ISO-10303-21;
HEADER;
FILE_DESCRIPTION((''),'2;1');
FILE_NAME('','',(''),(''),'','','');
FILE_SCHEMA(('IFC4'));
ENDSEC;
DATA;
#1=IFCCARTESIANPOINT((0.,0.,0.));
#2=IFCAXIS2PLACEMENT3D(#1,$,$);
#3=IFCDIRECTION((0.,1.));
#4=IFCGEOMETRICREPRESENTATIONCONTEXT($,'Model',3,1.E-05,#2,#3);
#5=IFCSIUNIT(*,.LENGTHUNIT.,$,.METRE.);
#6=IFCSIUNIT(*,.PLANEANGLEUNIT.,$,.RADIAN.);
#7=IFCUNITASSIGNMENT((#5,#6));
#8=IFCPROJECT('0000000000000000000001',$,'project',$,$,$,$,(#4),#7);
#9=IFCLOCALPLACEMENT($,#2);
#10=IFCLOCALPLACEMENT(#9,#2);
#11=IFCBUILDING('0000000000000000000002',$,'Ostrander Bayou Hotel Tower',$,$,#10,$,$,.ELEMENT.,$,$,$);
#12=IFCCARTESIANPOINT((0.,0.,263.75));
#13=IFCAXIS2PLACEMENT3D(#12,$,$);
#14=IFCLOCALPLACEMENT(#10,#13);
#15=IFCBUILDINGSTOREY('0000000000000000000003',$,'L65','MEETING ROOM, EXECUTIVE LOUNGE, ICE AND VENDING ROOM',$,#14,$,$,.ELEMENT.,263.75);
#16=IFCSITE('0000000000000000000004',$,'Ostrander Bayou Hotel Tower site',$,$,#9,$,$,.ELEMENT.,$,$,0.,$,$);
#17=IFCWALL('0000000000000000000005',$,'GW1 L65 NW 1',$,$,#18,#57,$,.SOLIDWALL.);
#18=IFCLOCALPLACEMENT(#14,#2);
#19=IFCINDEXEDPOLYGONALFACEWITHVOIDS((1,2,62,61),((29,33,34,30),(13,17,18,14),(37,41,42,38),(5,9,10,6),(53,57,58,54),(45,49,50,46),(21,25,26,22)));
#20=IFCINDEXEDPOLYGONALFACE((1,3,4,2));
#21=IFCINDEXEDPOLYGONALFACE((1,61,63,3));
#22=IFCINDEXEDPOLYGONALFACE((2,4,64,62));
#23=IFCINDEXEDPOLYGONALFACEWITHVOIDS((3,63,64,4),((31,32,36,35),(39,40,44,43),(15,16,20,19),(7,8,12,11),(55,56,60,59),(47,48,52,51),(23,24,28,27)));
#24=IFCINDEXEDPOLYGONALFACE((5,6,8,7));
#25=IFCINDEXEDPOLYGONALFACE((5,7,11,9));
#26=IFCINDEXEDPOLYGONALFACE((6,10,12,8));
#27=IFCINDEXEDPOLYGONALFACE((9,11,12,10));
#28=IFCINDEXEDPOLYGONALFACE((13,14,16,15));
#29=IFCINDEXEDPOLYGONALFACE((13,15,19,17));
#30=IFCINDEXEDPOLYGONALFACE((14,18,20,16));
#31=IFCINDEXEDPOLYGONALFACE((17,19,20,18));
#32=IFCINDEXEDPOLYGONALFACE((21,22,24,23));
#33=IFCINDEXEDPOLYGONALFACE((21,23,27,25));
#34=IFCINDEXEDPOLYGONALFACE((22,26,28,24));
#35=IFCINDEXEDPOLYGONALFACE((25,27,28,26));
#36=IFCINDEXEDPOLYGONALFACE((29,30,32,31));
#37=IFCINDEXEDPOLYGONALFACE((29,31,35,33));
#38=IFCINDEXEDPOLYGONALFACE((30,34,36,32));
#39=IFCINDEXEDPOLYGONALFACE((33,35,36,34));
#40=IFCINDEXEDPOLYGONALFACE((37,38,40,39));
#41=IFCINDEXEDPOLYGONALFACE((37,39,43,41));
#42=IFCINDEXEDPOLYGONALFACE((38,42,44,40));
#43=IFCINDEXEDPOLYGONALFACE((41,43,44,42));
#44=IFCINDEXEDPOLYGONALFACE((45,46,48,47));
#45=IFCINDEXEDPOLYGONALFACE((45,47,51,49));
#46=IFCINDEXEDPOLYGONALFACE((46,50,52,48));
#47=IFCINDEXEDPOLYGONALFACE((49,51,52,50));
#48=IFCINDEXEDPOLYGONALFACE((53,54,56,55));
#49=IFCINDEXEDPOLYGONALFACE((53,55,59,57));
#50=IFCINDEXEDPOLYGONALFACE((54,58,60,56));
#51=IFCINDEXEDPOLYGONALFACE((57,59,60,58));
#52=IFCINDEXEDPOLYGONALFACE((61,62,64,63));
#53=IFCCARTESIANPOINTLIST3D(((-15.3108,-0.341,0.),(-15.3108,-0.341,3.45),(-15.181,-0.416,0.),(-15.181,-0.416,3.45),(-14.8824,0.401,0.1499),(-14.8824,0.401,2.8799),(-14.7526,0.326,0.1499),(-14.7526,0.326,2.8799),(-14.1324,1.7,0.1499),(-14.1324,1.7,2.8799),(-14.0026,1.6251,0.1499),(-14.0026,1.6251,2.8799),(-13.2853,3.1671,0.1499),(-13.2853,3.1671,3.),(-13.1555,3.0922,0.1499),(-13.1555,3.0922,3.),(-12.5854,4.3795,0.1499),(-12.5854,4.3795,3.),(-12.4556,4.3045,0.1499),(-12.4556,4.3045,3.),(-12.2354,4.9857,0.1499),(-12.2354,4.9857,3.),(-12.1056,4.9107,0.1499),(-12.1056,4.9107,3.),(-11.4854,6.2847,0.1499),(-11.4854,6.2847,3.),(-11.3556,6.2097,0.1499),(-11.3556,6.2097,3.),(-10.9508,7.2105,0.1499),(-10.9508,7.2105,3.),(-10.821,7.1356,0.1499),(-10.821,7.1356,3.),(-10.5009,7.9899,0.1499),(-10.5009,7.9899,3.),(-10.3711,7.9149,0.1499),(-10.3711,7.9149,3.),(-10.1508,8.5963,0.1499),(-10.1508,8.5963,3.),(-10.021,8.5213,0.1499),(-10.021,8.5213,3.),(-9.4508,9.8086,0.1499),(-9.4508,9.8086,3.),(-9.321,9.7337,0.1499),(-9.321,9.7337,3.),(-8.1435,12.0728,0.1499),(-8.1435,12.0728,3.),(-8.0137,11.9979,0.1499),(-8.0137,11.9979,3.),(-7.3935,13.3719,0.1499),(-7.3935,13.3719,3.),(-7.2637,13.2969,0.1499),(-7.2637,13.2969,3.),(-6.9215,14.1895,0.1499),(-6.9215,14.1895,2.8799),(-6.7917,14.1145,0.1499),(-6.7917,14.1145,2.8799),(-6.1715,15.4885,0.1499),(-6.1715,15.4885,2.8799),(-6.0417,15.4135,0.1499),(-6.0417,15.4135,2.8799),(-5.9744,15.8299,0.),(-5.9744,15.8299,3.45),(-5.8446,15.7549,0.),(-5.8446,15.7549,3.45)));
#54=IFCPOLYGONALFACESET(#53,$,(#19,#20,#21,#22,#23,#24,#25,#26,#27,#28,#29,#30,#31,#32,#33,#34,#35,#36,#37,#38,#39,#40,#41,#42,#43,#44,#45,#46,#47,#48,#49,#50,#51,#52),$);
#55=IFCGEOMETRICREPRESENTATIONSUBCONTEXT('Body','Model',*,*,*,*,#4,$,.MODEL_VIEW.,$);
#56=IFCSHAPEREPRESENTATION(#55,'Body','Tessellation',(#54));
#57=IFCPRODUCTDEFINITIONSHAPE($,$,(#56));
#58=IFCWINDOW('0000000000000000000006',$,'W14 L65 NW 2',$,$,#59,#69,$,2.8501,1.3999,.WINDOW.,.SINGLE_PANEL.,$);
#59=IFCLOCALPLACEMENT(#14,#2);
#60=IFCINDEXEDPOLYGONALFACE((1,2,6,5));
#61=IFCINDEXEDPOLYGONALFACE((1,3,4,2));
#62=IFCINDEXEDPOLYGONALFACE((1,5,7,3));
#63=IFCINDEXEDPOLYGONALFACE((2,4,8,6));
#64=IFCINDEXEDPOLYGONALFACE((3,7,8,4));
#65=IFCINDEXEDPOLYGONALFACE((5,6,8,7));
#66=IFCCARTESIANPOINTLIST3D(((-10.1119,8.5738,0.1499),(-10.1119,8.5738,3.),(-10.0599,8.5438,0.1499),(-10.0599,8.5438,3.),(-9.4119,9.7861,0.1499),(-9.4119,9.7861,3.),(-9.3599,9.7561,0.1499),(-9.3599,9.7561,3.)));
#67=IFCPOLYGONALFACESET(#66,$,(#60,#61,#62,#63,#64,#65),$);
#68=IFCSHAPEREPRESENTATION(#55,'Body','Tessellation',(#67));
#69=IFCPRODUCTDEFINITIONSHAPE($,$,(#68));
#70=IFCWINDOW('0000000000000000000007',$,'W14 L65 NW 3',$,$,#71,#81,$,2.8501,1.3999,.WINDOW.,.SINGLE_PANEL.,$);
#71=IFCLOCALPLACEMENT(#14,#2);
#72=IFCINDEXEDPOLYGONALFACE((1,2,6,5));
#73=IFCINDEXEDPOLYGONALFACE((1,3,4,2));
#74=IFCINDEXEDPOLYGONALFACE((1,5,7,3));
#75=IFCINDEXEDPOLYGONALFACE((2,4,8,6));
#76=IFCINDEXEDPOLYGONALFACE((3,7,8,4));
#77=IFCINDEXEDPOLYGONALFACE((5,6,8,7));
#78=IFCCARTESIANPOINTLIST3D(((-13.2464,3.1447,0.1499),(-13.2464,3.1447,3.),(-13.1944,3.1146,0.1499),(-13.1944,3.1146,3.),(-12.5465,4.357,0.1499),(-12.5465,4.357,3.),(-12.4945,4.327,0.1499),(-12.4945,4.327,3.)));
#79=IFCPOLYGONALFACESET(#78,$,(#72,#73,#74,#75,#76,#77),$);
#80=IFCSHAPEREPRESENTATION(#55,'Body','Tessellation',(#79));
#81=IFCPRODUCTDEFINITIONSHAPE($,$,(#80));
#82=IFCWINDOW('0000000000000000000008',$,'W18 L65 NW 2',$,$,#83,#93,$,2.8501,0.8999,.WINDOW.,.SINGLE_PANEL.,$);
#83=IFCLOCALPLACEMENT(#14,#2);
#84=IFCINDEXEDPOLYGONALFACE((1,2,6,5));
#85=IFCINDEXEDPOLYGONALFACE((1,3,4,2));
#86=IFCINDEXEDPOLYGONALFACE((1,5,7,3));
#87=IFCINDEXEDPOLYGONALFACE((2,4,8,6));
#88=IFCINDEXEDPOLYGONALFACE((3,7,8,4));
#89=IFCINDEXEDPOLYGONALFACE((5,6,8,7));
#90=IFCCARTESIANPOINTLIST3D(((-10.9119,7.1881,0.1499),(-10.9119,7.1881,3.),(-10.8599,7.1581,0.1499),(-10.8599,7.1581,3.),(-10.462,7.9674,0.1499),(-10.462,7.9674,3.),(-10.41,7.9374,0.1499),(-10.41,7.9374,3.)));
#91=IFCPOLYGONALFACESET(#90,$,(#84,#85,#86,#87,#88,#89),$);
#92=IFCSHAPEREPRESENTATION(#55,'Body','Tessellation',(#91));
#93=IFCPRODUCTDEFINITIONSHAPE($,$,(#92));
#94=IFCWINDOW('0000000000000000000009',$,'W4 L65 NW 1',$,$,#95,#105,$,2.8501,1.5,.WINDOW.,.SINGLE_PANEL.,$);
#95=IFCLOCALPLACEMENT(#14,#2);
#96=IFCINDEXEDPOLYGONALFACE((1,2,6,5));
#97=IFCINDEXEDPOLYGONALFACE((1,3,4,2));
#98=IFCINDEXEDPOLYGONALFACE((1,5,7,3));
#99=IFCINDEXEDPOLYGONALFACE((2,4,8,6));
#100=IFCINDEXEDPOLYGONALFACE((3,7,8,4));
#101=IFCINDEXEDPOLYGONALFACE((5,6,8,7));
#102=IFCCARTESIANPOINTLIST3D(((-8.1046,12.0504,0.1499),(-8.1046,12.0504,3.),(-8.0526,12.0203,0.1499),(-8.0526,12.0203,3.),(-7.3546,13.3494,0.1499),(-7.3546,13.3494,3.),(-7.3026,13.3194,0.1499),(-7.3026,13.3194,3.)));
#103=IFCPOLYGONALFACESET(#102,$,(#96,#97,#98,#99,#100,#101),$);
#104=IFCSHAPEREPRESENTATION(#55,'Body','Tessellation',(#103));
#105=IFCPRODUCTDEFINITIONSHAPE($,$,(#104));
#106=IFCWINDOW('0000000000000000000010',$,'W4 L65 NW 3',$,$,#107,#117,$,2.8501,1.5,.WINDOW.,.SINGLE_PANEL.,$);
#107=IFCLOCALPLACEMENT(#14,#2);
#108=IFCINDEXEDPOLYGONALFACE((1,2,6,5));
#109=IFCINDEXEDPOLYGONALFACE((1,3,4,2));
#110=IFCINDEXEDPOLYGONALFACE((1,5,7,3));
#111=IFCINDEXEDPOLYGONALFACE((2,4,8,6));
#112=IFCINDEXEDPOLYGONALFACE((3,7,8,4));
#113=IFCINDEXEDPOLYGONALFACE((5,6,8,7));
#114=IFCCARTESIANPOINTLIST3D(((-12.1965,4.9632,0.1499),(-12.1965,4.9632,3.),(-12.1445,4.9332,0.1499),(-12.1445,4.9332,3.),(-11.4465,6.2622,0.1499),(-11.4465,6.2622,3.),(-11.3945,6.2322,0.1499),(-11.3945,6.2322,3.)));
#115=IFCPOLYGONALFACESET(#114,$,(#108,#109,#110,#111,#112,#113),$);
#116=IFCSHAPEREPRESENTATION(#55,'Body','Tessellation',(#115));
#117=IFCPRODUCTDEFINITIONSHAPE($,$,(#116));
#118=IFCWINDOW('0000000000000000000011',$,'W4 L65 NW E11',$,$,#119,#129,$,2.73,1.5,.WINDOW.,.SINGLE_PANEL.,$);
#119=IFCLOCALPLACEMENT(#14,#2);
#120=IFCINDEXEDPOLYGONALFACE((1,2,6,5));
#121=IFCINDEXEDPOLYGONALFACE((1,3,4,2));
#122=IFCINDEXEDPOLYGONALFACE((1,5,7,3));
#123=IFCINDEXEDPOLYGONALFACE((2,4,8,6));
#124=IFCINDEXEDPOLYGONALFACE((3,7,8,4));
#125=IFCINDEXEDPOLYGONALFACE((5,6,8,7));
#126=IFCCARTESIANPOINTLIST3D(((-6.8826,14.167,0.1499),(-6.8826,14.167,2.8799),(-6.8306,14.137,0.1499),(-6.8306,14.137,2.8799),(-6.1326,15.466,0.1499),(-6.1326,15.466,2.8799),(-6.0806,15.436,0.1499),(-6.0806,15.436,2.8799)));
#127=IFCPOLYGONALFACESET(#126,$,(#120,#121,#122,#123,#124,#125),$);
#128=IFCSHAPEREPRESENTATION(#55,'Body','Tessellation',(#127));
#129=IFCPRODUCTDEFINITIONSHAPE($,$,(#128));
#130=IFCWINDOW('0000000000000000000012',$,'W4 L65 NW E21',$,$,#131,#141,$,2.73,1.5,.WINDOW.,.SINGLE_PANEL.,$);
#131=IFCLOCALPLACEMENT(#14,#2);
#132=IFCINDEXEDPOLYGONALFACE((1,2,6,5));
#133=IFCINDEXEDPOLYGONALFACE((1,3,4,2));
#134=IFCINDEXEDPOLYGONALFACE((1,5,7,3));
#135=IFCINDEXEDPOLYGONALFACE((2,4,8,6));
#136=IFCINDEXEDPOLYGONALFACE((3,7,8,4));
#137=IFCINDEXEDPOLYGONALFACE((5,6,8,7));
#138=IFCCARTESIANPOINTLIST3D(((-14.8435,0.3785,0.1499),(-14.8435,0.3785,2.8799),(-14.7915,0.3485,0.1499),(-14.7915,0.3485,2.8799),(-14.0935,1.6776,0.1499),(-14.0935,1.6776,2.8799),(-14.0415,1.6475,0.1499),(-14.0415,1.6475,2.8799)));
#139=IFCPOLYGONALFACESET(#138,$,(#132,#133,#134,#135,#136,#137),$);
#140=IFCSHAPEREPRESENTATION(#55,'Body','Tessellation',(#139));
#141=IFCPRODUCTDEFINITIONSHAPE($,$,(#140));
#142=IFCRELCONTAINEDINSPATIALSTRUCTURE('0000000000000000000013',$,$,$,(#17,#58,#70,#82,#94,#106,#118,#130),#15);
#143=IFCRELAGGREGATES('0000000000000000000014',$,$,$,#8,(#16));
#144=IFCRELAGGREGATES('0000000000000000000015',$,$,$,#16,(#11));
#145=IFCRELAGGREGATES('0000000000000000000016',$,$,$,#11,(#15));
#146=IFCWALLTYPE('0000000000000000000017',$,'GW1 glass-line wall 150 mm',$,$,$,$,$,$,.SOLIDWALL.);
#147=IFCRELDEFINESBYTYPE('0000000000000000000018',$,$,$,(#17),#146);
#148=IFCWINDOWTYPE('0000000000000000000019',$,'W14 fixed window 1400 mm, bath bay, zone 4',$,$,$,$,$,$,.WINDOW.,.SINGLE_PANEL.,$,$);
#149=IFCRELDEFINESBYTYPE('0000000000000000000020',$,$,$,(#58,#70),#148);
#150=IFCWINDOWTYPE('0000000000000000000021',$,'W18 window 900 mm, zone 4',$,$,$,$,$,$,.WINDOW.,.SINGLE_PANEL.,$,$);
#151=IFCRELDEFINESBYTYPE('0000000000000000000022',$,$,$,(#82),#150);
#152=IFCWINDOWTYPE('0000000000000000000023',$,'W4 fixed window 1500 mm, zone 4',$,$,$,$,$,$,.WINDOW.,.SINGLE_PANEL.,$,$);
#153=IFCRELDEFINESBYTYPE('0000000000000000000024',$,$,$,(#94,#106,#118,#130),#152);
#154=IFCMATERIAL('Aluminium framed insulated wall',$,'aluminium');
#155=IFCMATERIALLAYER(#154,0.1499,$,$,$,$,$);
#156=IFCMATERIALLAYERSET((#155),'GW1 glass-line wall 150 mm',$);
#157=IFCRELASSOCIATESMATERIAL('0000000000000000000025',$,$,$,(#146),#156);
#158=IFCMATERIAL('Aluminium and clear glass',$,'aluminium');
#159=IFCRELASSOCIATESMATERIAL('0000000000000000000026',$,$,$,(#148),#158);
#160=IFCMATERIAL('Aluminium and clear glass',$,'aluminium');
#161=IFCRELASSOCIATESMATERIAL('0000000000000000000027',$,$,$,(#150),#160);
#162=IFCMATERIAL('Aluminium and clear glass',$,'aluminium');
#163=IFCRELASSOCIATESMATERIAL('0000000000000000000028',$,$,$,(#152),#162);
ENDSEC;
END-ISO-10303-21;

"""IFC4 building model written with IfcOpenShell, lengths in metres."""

from ifc_helpers import new_model, si_unit, direction, frame, frame_2d, origin, place, context, subcontext, project, spatial, rectangle, extrude, material, layer, layer_set, type_object, element, fill, save


model = new_model("IFC4")

# Units and contexts
model_context = context("Model", 3, precision=1e-05, world=origin(), true_north=direction((0.0, 1.0)))
body_context = subcontext(model_context, "Body", "Model", "MODEL_VIEW")
ifc_project = project(units=[si_unit("LENGTHUNIT", "METRE"), si_unit("PLANEANGLEUNIT", "RADIAN")], contexts=[model_context])

# Site, building, storey
site_placement = place(None, origin())
site = spatial("IfcSite", under=ifc_project, at=site_placement, Name="Ostrander Bayou Hotel Tower site", CompositionType="ELEMENT", RefElevation=0.0)
building_placement = place(site_placement, origin())
building = spatial("IfcBuilding", under=site, at=building_placement, Name="Ostrander Bayou Hotel Tower", CompositionType="ELEMENT")
storey_placement = place(building_placement, frame((0.0, 0.0, 263.75)))
storey = spatial("IfcBuildingStorey", under=building, at=storey_placement, Name="L65", Description="MEETING ROOM, EXECUTIVE LOUNGE, ICE AND VENDING ROOM", CompositionType="ELEMENT", Elevation=263.75)

# Wall, openings, windows
ifc_material_1 = material(Name="Aluminium framed insulated wall", Category="aluminium")
ifc_layer_1 = layer(ifc_material_1, 0.1499)
ifc_layer_set_1 = layer_set([ifc_layer_1], Name="GW1 glass-line wall 150 mm")
wall_type_1 = type_object("IfcWallType", Name="GW1 glass-line wall 150 mm", PredefinedType="SOLIDWALL", material=ifc_layer_set_1)
wall_1_placement = place(storey_placement, frame((-5.9094, 15.7925, 0.0), z_axis=(0.0, 0.0, 1.0), x_axis=(-0.500006, -0.866022, 0.0)))
wall_1 = element("IfcWall", 1, at=wall_1_placement, inside=storey, type_object=wall_type_1, Name="GW1 L65 NW 1", PredefinedType="SOLIDWALL", context=body_context, shape_type="SweptSolid", body=[
    extrude(rectangle(XDim=18.6726, YDim=0.1499, at=frame_2d((9.3364, 0.0))), origin(), (0.0, 0.0, 1.0), 3.45),
])
opening_1_placement = place(wall_1_placement, frame((2.8384, 0.0, 0.1499)))
opening_1 = element("IfcOpeningElement", 2, at=opening_1_placement, cuts=wall_1, PredefinedType="OPENING", context=body_context, shape_type="SweptSolid", body=[
    extrude(rectangle(XDim=1.5, YDim=2.8501, at=frame_2d((0.75, 1.425))), frame((0.0, 0.075, 0.0), z_axis=(0.0, -1.0, 0.0), x_axis=(1.0, 0.0, 0.0)), (0.0, 0.0, 1.0), 0.1499),
])
opening_2_placement = place(wall_1_placement, frame((9.053, 0.0, 0.1499)))
opening_2 = element("IfcOpeningElement", 3, at=opening_2_placement, cuts=wall_1, PredefinedType="OPENING", context=body_context, shape_type="SweptSolid", body=[
    extrude(rectangle(XDim=0.8999, YDim=2.8501, at=frame_2d((0.45, 1.425))), frame((0.0, 0.075, 0.0), z_axis=(0.0, -1.0, 0.0), x_axis=(1.0, 0.0, 0.0)), (0.0, 0.0, 1.0), 0.1499),
])
opening_3_placement = place(wall_1_placement, frame((6.9529, 0.0, 0.1499)))
opening_3 = element("IfcOpeningElement", 4, at=opening_3_placement, cuts=wall_1, PredefinedType="OPENING", context=body_context, shape_type="SweptSolid", body=[
    extrude(rectangle(XDim=1.3999, YDim=2.8501, at=frame_2d((0.7, 1.425))), frame((0.0, 0.075, 0.0), z_axis=(0.0, -1.0, 0.0), x_axis=(1.0, 0.0, 0.0)), (0.0, 0.0, 1.0), 0.1499),
])
opening_4_placement = place(wall_1_placement, frame((11.022, 0.0, 0.1499)))
opening_4 = element("IfcOpeningElement", 5, at=opening_4_placement, cuts=wall_1, PredefinedType="OPENING", context=body_context, shape_type="SweptSolid", body=[
    extrude(rectangle(XDim=1.5, YDim=2.8501, at=frame_2d((0.75, 1.425))), frame((0.0, 0.075, 0.0), z_axis=(0.0, -1.0, 0.0), x_axis=(1.0, 0.0, 0.0)), (0.0, 0.0, 1.0), 0.1499),
])
opening_5_placement = place(wall_1_placement, frame((13.2219, 0.0, 0.1499)))
opening_5 = element("IfcOpeningElement", 6, at=opening_5_placement, cuts=wall_1, PredefinedType="OPENING", context=body_context, shape_type="SweptSolid", body=[
    extrude(rectangle(XDim=1.3999, YDim=2.8501, at=frame_2d((0.7, 1.425))), frame((0.0, 0.075, 0.0), z_axis=(0.0, -1.0, 0.0), x_axis=(1.0, 0.0, 0.0)), (0.0, 0.0, 1.0), 0.1499),
])
opening_6_placement = place(wall_1_placement, frame((0.3943, 0.0, 0.1499)))
opening_6 = element("IfcOpeningElement", 7, at=opening_6_placement, cuts=wall_1, PredefinedType="OPENING", context=body_context, shape_type="SweptSolid", body=[
    extrude(rectangle(XDim=1.5, YDim=2.73, at=frame_2d((0.75, 1.365))), frame((0.0, 0.075, 0.0), z_axis=(0.0, -1.0, 0.0), x_axis=(1.0, 0.0, 0.0)), (0.0, 0.0, 1.0), 0.1499),
])
opening_7_placement = place(wall_1_placement, frame((16.3159, 0.0, 0.1499)))
opening_7 = element("IfcOpeningElement", 8, at=opening_7_placement, cuts=wall_1, PredefinedType="OPENING", context=body_context, shape_type="SweptSolid", body=[
    extrude(rectangle(XDim=1.5, YDim=2.73, at=frame_2d((0.75, 1.365))), frame((0.0, 0.075, 0.0), z_axis=(0.0, -1.0, 0.0), x_axis=(1.0, 0.0, 0.0)), (0.0, 0.0, 1.0), 0.1499),
])
ifc_material_2 = material(Name="Aluminium and clear glass", Category="aluminium")
window_type_1 = type_object("IfcWindowType", Name="W14 fixed window 1400 mm, bath bay, zone 4", PartitioningType="SINGLE_PANEL", PredefinedType="WINDOW", material=ifc_material_2)
window_1_placement = place(opening_3_placement, origin())
window_1 = element("IfcWindow", 9, at=window_1_placement, inside=storey, type_object=window_type_1, Name="W14 L65 NW 2", OverallHeight=2.8501, OverallWidth=1.3999, PartitioningType="SINGLE_PANEL", PredefinedType="WINDOW", context=body_context, shape_type="SweptSolid", body=[
    extrude(rectangle(XDim=1.3999, YDim=2.8501, at=frame_2d((0.7, 1.425))), frame((0.0, 0.03, 0.0), z_axis=(0.0, -1.0, 0.0), x_axis=(1.0, 0.0, 0.0)), (0.0, 0.0, 1.0), 0.0601),
])
fill(opening_3, window_1)
window_2_placement = place(opening_5_placement, origin())
window_2 = element("IfcWindow", 10, at=window_2_placement, inside=storey, type_object=window_type_1, Name="W14 L65 NW 3", OverallHeight=2.8501, OverallWidth=1.3999, PartitioningType="SINGLE_PANEL", PredefinedType="WINDOW", context=body_context, shape_type="SweptSolid", body=[
    extrude(rectangle(XDim=1.3999, YDim=2.8501, at=frame_2d((0.7, 1.425))), frame((0.0, 0.03, 0.0), z_axis=(0.0, -1.0, 0.0), x_axis=(1.0, 0.0, 0.0)), (0.0, 0.0, 1.0), 0.0601),
])
fill(opening_5, window_2)
ifc_material_3 = material(Name="Aluminium and clear glass", Category="aluminium")
window_type_2 = type_object("IfcWindowType", Name="W18 window 900 mm, zone 4", PartitioningType="SINGLE_PANEL", PredefinedType="WINDOW", material=ifc_material_3)
window_3_placement = place(opening_2_placement, origin())
window_3 = element("IfcWindow", 11, at=window_3_placement, inside=storey, type_object=window_type_2, Name="W18 L65 NW 2", OverallHeight=2.8501, OverallWidth=0.8999, PartitioningType="SINGLE_PANEL", PredefinedType="WINDOW", context=body_context, shape_type="SweptSolid", body=[
    extrude(rectangle(XDim=0.8999, YDim=2.8501, at=frame_2d((0.45, 1.425))), frame((0.0, 0.03, 0.0), z_axis=(0.0, -1.0, 0.0), x_axis=(1.0, 0.0, 0.0)), (0.0, 0.0, 1.0), 0.0601),
])
fill(opening_2, window_3)
ifc_material_4 = material(Name="Aluminium and clear glass", Category="aluminium")
window_type_3 = type_object("IfcWindowType", Name="W4 fixed window 1500 mm, zone 4", PartitioningType="SINGLE_PANEL", PredefinedType="WINDOW", material=ifc_material_4)
window_4_placement = place(opening_1_placement, origin())
window_4 = element("IfcWindow", 12, at=window_4_placement, inside=storey, type_object=window_type_3, Name="W4 L65 NW 1", OverallHeight=2.8501, OverallWidth=1.5, PartitioningType="SINGLE_PANEL", PredefinedType="WINDOW", context=body_context, shape_type="SweptSolid", body=[
    extrude(rectangle(XDim=1.5, YDim=2.8501, at=frame_2d((0.75, 1.425))), frame((0.0, 0.03, 0.0), z_axis=(0.0, -1.0, 0.0), x_axis=(1.0, 0.0, 0.0)), (0.0, 0.0, 1.0), 0.0601),
])
fill(opening_1, window_4)
window_5_placement = place(opening_4_placement, origin())
window_5 = element("IfcWindow", 13, at=window_5_placement, inside=storey, type_object=window_type_3, Name="W4 L65 NW 3", OverallHeight=2.8501, OverallWidth=1.5, PartitioningType="SINGLE_PANEL", PredefinedType="WINDOW", context=body_context, shape_type="SweptSolid", body=[
    extrude(rectangle(XDim=1.5, YDim=2.8501, at=frame_2d((0.75, 1.425))), frame((0.0, 0.03, 0.0), z_axis=(0.0, -1.0, 0.0), x_axis=(1.0, 0.0, 0.0)), (0.0, 0.0, 1.0), 0.0601),
])
fill(opening_4, window_5)
window_6_placement = place(opening_6_placement, origin())
window_6 = element("IfcWindow", 14, at=window_6_placement, inside=storey, type_object=window_type_3, Name="W4 L65 NW E11", OverallHeight=2.73, OverallWidth=1.5, PartitioningType="SINGLE_PANEL", PredefinedType="WINDOW", context=body_context, shape_type="SweptSolid", body=[
    extrude(rectangle(XDim=1.5, YDim=2.73, at=frame_2d((0.75, 1.365))), frame((0.0, 0.03, 0.0), z_axis=(0.0, -1.0, 0.0), x_axis=(1.0, 0.0, 0.0)), (0.0, 0.0, 1.0), 0.0601),
])
fill(opening_6, window_6)
window_7_placement = place(opening_7_placement, origin())
window_7 = element("IfcWindow", 15, at=window_7_placement, inside=storey, type_object=window_type_3, Name="W4 L65 NW E21", OverallHeight=2.73, OverallWidth=1.5, PartitioningType="SINGLE_PANEL", PredefinedType="WINDOW", context=body_context, shape_type="SweptSolid", body=[
    extrude(rectangle(XDim=1.5, YDim=2.73, at=frame_2d((0.75, 1.365))), frame((0.0, 0.03, 0.0), z_axis=(0.0, -1.0, 0.0), x_axis=(1.0, 0.0, 0.0)), (0.0, 0.0, 1.0), 0.0601),
])
fill(opening_7, window_7)

save(model, "model.ifc")
